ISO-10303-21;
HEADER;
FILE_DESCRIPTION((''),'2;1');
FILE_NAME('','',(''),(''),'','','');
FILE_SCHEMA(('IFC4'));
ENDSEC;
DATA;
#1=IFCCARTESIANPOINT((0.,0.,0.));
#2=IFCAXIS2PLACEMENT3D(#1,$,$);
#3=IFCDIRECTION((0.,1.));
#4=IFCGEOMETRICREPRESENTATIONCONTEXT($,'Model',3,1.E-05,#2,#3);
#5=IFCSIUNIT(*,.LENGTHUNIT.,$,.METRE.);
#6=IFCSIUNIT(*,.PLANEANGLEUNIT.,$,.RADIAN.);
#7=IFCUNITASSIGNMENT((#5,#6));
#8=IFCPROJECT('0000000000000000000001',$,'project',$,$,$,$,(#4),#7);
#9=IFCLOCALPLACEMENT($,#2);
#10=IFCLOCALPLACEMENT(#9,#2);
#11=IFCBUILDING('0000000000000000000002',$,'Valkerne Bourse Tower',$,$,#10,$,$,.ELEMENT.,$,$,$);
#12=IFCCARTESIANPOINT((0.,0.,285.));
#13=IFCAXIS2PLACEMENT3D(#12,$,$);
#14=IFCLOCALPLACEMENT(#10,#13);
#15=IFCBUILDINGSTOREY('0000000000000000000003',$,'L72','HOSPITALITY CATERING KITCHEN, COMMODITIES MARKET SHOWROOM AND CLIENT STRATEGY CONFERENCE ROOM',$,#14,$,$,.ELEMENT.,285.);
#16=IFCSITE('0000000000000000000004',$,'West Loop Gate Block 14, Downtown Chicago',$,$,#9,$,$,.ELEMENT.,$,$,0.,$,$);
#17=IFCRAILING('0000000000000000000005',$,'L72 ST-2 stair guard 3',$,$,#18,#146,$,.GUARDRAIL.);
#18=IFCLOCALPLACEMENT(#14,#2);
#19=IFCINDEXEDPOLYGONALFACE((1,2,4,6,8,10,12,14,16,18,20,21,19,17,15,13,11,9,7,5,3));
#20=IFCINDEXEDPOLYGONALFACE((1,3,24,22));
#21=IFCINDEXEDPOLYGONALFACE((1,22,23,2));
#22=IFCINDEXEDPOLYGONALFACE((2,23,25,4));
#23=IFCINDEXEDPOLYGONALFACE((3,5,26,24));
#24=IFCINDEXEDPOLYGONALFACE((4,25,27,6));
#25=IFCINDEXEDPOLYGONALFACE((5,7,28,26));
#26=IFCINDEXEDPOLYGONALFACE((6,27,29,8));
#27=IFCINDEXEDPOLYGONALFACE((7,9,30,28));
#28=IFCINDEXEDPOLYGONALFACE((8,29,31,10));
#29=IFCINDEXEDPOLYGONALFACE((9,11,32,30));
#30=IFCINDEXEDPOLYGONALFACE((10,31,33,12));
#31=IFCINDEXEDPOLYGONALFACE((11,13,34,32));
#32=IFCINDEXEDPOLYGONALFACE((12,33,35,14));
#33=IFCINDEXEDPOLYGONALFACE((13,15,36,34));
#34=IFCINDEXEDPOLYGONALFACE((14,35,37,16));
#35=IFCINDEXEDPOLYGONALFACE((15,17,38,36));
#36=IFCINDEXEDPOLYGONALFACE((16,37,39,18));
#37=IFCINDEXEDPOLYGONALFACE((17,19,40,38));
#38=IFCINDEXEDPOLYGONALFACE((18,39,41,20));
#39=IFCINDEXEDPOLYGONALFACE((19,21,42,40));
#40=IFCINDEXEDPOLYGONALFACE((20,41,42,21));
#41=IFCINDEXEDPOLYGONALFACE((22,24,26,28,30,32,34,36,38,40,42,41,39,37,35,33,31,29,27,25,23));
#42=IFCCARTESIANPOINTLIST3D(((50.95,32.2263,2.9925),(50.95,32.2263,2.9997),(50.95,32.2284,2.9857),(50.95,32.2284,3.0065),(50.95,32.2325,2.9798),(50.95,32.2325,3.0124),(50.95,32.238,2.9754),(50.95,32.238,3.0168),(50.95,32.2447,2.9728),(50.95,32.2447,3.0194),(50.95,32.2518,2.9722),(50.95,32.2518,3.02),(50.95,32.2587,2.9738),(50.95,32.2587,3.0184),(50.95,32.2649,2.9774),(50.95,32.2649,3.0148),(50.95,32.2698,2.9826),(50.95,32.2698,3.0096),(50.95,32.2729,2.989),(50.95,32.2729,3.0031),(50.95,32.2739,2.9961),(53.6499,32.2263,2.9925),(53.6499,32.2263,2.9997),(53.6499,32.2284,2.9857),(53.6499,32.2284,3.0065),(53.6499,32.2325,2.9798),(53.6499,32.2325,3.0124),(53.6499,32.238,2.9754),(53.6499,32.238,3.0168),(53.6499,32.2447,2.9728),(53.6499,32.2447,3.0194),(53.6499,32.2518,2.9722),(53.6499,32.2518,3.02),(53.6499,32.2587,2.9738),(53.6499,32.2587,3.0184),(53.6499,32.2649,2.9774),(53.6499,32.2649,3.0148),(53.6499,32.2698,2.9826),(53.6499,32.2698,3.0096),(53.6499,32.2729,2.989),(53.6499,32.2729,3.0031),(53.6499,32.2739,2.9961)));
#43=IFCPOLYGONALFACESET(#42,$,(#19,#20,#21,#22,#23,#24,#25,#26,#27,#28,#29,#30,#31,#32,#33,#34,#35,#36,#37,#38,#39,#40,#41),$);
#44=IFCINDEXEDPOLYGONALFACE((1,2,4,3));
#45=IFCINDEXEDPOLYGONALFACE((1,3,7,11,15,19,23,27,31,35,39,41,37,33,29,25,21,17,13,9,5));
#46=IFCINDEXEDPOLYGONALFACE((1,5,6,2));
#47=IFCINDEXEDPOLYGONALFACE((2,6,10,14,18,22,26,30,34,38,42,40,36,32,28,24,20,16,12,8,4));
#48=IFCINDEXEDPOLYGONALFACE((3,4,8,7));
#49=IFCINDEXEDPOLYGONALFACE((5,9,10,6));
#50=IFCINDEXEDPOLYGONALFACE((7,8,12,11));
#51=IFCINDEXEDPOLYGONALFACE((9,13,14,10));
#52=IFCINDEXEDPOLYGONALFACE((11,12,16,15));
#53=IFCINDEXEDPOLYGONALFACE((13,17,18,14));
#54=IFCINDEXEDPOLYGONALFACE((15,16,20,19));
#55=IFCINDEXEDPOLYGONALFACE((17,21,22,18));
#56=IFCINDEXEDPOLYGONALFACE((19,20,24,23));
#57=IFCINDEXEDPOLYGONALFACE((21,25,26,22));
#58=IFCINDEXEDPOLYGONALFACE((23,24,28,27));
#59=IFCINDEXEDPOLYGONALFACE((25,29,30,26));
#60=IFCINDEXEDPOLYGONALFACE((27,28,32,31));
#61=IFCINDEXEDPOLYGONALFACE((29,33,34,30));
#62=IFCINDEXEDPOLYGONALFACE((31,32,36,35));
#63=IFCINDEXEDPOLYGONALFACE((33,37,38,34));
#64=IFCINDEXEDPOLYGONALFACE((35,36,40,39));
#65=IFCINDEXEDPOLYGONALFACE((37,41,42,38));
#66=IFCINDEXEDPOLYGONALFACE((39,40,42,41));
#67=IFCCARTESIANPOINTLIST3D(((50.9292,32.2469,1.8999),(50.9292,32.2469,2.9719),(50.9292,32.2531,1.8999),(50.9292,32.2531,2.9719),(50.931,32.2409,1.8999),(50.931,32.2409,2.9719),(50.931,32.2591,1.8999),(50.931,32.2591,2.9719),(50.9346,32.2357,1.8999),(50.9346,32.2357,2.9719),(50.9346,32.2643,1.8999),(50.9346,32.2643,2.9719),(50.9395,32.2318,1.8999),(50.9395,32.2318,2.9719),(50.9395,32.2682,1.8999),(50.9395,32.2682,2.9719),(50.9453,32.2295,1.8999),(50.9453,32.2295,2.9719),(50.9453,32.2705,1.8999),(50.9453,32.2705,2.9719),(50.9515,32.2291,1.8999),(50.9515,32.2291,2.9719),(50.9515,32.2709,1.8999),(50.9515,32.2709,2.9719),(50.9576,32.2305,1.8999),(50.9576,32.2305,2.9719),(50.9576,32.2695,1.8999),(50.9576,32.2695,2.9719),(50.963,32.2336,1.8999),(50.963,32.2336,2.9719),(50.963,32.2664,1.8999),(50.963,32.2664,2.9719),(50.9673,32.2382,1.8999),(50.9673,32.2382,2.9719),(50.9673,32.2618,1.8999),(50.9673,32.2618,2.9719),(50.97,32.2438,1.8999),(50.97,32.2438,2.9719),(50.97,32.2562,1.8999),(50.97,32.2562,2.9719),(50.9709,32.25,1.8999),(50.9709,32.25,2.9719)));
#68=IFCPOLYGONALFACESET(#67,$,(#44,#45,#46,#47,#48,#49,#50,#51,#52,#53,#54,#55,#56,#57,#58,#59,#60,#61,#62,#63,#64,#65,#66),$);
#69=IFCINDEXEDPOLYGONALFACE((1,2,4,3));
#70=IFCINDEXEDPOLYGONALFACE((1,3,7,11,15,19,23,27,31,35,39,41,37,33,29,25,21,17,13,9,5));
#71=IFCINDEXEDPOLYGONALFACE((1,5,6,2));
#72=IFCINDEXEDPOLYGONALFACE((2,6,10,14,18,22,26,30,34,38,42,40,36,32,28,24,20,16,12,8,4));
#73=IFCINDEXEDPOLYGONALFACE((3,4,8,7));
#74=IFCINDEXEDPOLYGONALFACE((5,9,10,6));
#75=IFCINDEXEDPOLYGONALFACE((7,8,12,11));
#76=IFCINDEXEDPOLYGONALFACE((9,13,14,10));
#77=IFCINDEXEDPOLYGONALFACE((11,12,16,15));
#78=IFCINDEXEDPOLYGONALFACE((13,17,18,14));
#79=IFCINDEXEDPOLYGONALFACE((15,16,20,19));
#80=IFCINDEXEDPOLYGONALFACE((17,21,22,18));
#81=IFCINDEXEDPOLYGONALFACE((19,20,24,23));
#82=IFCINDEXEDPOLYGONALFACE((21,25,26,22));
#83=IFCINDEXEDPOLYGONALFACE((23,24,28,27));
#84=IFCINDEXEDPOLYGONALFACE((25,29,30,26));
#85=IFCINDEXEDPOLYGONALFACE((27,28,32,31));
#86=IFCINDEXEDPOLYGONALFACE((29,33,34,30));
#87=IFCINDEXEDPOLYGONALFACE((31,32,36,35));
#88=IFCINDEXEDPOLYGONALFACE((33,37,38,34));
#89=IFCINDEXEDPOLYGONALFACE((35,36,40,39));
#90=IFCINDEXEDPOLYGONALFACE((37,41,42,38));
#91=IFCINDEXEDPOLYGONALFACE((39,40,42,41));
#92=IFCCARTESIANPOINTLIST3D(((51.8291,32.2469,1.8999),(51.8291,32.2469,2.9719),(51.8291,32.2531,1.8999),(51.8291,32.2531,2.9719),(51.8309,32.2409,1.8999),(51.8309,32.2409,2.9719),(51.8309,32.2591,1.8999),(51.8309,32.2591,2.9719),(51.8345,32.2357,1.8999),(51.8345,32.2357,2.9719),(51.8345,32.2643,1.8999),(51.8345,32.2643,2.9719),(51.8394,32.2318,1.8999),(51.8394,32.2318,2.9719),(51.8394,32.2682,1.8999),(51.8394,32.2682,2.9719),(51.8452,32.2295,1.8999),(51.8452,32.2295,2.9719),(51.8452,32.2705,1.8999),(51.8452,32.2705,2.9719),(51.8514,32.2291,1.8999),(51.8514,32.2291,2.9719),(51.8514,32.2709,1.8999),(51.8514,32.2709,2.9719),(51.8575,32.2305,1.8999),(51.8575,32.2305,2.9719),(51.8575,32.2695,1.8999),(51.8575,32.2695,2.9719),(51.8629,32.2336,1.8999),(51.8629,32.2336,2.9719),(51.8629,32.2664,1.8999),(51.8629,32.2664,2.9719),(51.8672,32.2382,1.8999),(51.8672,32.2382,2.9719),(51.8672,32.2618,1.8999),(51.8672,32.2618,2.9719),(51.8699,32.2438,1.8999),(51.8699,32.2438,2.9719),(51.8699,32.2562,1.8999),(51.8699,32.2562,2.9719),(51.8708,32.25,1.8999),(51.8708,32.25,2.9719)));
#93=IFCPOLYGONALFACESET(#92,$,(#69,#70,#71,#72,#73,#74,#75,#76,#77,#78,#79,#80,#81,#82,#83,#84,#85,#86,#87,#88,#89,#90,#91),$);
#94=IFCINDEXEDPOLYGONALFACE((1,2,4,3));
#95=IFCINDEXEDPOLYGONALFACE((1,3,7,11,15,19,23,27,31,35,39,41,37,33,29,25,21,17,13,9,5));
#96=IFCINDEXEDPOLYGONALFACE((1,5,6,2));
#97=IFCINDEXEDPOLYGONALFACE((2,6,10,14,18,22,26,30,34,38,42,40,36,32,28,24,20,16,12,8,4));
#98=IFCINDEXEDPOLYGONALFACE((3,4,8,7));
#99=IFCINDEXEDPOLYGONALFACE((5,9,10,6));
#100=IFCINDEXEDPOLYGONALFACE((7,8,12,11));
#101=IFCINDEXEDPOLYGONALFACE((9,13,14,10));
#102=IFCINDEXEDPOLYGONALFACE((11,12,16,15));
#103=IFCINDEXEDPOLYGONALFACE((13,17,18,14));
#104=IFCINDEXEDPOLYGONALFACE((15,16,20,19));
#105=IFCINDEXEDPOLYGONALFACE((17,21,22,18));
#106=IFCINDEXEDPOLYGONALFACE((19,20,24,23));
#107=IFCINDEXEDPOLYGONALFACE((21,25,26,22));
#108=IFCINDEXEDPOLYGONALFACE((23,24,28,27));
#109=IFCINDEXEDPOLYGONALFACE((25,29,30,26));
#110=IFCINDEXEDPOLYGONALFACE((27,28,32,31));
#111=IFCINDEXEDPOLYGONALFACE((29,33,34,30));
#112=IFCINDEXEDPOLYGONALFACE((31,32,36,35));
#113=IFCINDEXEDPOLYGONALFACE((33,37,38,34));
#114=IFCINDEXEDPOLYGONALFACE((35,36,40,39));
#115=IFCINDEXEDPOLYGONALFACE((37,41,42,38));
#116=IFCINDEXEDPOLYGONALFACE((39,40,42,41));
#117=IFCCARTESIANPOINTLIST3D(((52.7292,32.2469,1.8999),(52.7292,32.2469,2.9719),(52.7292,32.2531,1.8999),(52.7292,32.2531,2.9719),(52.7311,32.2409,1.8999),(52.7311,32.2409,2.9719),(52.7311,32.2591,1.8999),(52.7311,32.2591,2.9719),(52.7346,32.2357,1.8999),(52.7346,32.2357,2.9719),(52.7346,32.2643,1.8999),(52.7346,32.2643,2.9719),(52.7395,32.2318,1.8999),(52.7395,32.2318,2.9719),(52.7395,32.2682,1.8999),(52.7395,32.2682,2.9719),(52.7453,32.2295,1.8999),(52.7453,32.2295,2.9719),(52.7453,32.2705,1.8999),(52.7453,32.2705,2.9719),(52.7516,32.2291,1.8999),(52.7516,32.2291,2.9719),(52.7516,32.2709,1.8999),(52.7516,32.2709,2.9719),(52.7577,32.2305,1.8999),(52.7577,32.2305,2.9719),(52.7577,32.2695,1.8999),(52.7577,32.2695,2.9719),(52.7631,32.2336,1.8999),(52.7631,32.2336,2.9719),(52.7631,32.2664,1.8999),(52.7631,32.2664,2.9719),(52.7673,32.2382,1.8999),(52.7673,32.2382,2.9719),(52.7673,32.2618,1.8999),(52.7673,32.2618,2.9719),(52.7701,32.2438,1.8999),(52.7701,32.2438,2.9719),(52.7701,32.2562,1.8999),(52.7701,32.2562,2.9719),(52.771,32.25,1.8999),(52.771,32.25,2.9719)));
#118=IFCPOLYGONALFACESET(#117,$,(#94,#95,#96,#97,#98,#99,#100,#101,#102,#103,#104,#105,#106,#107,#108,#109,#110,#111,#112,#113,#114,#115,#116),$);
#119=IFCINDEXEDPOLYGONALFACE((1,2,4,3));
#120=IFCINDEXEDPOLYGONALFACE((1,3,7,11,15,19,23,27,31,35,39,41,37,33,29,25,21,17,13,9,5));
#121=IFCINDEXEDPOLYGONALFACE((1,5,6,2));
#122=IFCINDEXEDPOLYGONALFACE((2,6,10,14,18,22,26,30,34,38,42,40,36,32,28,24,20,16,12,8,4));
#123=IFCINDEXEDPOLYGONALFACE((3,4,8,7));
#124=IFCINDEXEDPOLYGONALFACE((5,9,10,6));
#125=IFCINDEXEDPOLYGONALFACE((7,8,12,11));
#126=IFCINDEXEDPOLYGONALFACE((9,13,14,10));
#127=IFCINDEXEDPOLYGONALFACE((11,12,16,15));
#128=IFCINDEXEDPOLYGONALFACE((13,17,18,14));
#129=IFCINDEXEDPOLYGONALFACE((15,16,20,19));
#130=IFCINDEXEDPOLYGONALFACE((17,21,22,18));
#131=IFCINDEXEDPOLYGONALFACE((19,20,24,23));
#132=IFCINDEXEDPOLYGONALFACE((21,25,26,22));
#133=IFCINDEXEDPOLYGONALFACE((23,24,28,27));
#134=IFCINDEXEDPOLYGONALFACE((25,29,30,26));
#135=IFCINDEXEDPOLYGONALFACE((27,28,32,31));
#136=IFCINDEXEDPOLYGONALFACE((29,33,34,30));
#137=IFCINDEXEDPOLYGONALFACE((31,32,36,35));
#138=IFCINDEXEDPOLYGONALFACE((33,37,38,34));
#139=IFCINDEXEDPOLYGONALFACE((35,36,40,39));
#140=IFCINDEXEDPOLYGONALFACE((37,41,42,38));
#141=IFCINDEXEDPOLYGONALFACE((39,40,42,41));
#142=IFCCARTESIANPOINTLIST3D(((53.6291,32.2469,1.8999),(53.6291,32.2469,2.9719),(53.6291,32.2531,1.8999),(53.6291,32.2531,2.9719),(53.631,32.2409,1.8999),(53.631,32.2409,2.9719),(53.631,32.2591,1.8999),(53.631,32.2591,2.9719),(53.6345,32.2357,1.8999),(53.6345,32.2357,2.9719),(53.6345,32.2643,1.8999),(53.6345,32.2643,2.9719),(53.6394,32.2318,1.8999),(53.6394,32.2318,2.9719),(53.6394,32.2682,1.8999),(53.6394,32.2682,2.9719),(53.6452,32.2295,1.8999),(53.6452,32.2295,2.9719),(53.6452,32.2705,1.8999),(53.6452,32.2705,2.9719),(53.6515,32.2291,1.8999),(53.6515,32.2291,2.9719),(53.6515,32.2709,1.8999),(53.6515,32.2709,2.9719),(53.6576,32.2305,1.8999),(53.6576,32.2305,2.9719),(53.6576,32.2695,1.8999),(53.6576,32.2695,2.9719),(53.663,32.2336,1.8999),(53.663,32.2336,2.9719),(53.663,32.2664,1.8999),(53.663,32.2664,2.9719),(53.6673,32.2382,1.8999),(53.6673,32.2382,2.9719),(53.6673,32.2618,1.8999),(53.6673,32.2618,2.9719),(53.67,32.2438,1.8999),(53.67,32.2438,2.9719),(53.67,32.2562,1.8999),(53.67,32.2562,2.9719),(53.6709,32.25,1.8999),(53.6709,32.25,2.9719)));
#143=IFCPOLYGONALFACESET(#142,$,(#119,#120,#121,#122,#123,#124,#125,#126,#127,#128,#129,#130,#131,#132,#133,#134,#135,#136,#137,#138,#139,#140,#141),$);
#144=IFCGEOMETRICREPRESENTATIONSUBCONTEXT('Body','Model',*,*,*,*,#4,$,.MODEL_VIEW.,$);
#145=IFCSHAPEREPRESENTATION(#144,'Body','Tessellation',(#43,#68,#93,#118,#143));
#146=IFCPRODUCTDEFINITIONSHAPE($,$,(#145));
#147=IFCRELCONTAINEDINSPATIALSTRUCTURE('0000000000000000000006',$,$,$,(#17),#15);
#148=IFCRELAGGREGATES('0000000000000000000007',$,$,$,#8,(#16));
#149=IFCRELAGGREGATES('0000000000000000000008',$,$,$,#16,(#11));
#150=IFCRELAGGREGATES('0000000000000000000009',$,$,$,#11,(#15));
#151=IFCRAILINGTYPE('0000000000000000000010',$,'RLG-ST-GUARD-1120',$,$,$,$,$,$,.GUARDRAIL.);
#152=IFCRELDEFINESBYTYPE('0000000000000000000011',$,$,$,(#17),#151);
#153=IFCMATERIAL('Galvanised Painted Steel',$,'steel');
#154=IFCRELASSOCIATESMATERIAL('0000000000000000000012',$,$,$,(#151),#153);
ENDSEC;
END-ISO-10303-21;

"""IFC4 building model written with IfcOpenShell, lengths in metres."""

from ifc_helpers import new_model, si_unit, direction, frame, origin, origin_2d, place, context, subcontext, project, spatial, circle, extrude, material, type_object, element, save


model = new_model("IFC4")

# Units and contexts
model_context = context("Model", 3, precision=1e-05, world=origin(), true_north=direction((0.0, 1.0)))
body_context = subcontext(model_context, "Body", "Model", "MODEL_VIEW")
ifc_project = project(units=[si_unit("LENGTHUNIT", "METRE"), si_unit("PLANEANGLEUNIT", "RADIAN")], contexts=[model_context])

# Site, building, storey
site_placement = place(None, origin())
site = spatial("IfcSite", under=ifc_project, at=site_placement, Name="West Loop Gate Block 14, Downtown Chicago", CompositionType="ELEMENT", RefElevation=0.0)
building_placement = place(site_placement, origin())
building = spatial("IfcBuilding", under=site, at=building_placement, Name="Valkerne Bourse Tower", CompositionType="ELEMENT")
storey_placement = place(building_placement, frame((0.0, 0.0, 285.0)))
storey = spatial("IfcBuildingStorey", under=building, at=storey_placement, Name="L72", Description="HOSPITALITY CATERING KITCHEN, COMMODITIES MARKET SHOWROOM AND CLIENT STRATEGY CONFERENCE ROOM", CompositionType="ELEMENT", Elevation=285.0)

# Shared definitions
ifc_material_1 = material(Name="Galvanised Painted Steel", Category="steel")

# Railing
railing_type_1 = type_object("IfcRailingType", Name="RLG-ST-GUARD-1120", PredefinedType="GUARDRAIL", material=ifc_material_1)
for number, where, name in (
    (1, (50.95, 32.25, 1.8999), "L72 ST-2 stair guard 3"),
):
    element("IfcRailing", number, at=place(storey_placement, frame(where)), inside=storey, type_object=railing_type_1, Name=name, PredefinedType="GUARDRAIL", context=body_context, shape_type="SweptSolid", body=[
        extrude(circle(Radius=0.0239, at=origin_2d()), frame((0.0, 0.0, 1.0962), z_axis=(1.0, 0.0, 0.0), x_axis=(0.0, 1.0, 0.0)), (0.0, 0.0, 1.0), 2.7),
        extrude(circle(Radius=0.021, at=origin_2d()), origin(), (0.0, 0.0, 1.0), 1.072),
        extrude(circle(Radius=0.021, at=origin_2d()), frame((0.8999, 0.0, 0.0)), (0.0, 0.0, 1.0), 1.072),
        extrude(circle(Radius=0.021, at=origin_2d()), frame((1.8, 0.0, 0.0)), (0.0, 0.0, 1.0), 1.072),
        extrude(circle(Radius=0.021, at=origin_2d()), frame((2.7, 0.0, 0.0)), (0.0, 0.0, 1.0), 1.072),
    ])

save(model, "model.ifc")
